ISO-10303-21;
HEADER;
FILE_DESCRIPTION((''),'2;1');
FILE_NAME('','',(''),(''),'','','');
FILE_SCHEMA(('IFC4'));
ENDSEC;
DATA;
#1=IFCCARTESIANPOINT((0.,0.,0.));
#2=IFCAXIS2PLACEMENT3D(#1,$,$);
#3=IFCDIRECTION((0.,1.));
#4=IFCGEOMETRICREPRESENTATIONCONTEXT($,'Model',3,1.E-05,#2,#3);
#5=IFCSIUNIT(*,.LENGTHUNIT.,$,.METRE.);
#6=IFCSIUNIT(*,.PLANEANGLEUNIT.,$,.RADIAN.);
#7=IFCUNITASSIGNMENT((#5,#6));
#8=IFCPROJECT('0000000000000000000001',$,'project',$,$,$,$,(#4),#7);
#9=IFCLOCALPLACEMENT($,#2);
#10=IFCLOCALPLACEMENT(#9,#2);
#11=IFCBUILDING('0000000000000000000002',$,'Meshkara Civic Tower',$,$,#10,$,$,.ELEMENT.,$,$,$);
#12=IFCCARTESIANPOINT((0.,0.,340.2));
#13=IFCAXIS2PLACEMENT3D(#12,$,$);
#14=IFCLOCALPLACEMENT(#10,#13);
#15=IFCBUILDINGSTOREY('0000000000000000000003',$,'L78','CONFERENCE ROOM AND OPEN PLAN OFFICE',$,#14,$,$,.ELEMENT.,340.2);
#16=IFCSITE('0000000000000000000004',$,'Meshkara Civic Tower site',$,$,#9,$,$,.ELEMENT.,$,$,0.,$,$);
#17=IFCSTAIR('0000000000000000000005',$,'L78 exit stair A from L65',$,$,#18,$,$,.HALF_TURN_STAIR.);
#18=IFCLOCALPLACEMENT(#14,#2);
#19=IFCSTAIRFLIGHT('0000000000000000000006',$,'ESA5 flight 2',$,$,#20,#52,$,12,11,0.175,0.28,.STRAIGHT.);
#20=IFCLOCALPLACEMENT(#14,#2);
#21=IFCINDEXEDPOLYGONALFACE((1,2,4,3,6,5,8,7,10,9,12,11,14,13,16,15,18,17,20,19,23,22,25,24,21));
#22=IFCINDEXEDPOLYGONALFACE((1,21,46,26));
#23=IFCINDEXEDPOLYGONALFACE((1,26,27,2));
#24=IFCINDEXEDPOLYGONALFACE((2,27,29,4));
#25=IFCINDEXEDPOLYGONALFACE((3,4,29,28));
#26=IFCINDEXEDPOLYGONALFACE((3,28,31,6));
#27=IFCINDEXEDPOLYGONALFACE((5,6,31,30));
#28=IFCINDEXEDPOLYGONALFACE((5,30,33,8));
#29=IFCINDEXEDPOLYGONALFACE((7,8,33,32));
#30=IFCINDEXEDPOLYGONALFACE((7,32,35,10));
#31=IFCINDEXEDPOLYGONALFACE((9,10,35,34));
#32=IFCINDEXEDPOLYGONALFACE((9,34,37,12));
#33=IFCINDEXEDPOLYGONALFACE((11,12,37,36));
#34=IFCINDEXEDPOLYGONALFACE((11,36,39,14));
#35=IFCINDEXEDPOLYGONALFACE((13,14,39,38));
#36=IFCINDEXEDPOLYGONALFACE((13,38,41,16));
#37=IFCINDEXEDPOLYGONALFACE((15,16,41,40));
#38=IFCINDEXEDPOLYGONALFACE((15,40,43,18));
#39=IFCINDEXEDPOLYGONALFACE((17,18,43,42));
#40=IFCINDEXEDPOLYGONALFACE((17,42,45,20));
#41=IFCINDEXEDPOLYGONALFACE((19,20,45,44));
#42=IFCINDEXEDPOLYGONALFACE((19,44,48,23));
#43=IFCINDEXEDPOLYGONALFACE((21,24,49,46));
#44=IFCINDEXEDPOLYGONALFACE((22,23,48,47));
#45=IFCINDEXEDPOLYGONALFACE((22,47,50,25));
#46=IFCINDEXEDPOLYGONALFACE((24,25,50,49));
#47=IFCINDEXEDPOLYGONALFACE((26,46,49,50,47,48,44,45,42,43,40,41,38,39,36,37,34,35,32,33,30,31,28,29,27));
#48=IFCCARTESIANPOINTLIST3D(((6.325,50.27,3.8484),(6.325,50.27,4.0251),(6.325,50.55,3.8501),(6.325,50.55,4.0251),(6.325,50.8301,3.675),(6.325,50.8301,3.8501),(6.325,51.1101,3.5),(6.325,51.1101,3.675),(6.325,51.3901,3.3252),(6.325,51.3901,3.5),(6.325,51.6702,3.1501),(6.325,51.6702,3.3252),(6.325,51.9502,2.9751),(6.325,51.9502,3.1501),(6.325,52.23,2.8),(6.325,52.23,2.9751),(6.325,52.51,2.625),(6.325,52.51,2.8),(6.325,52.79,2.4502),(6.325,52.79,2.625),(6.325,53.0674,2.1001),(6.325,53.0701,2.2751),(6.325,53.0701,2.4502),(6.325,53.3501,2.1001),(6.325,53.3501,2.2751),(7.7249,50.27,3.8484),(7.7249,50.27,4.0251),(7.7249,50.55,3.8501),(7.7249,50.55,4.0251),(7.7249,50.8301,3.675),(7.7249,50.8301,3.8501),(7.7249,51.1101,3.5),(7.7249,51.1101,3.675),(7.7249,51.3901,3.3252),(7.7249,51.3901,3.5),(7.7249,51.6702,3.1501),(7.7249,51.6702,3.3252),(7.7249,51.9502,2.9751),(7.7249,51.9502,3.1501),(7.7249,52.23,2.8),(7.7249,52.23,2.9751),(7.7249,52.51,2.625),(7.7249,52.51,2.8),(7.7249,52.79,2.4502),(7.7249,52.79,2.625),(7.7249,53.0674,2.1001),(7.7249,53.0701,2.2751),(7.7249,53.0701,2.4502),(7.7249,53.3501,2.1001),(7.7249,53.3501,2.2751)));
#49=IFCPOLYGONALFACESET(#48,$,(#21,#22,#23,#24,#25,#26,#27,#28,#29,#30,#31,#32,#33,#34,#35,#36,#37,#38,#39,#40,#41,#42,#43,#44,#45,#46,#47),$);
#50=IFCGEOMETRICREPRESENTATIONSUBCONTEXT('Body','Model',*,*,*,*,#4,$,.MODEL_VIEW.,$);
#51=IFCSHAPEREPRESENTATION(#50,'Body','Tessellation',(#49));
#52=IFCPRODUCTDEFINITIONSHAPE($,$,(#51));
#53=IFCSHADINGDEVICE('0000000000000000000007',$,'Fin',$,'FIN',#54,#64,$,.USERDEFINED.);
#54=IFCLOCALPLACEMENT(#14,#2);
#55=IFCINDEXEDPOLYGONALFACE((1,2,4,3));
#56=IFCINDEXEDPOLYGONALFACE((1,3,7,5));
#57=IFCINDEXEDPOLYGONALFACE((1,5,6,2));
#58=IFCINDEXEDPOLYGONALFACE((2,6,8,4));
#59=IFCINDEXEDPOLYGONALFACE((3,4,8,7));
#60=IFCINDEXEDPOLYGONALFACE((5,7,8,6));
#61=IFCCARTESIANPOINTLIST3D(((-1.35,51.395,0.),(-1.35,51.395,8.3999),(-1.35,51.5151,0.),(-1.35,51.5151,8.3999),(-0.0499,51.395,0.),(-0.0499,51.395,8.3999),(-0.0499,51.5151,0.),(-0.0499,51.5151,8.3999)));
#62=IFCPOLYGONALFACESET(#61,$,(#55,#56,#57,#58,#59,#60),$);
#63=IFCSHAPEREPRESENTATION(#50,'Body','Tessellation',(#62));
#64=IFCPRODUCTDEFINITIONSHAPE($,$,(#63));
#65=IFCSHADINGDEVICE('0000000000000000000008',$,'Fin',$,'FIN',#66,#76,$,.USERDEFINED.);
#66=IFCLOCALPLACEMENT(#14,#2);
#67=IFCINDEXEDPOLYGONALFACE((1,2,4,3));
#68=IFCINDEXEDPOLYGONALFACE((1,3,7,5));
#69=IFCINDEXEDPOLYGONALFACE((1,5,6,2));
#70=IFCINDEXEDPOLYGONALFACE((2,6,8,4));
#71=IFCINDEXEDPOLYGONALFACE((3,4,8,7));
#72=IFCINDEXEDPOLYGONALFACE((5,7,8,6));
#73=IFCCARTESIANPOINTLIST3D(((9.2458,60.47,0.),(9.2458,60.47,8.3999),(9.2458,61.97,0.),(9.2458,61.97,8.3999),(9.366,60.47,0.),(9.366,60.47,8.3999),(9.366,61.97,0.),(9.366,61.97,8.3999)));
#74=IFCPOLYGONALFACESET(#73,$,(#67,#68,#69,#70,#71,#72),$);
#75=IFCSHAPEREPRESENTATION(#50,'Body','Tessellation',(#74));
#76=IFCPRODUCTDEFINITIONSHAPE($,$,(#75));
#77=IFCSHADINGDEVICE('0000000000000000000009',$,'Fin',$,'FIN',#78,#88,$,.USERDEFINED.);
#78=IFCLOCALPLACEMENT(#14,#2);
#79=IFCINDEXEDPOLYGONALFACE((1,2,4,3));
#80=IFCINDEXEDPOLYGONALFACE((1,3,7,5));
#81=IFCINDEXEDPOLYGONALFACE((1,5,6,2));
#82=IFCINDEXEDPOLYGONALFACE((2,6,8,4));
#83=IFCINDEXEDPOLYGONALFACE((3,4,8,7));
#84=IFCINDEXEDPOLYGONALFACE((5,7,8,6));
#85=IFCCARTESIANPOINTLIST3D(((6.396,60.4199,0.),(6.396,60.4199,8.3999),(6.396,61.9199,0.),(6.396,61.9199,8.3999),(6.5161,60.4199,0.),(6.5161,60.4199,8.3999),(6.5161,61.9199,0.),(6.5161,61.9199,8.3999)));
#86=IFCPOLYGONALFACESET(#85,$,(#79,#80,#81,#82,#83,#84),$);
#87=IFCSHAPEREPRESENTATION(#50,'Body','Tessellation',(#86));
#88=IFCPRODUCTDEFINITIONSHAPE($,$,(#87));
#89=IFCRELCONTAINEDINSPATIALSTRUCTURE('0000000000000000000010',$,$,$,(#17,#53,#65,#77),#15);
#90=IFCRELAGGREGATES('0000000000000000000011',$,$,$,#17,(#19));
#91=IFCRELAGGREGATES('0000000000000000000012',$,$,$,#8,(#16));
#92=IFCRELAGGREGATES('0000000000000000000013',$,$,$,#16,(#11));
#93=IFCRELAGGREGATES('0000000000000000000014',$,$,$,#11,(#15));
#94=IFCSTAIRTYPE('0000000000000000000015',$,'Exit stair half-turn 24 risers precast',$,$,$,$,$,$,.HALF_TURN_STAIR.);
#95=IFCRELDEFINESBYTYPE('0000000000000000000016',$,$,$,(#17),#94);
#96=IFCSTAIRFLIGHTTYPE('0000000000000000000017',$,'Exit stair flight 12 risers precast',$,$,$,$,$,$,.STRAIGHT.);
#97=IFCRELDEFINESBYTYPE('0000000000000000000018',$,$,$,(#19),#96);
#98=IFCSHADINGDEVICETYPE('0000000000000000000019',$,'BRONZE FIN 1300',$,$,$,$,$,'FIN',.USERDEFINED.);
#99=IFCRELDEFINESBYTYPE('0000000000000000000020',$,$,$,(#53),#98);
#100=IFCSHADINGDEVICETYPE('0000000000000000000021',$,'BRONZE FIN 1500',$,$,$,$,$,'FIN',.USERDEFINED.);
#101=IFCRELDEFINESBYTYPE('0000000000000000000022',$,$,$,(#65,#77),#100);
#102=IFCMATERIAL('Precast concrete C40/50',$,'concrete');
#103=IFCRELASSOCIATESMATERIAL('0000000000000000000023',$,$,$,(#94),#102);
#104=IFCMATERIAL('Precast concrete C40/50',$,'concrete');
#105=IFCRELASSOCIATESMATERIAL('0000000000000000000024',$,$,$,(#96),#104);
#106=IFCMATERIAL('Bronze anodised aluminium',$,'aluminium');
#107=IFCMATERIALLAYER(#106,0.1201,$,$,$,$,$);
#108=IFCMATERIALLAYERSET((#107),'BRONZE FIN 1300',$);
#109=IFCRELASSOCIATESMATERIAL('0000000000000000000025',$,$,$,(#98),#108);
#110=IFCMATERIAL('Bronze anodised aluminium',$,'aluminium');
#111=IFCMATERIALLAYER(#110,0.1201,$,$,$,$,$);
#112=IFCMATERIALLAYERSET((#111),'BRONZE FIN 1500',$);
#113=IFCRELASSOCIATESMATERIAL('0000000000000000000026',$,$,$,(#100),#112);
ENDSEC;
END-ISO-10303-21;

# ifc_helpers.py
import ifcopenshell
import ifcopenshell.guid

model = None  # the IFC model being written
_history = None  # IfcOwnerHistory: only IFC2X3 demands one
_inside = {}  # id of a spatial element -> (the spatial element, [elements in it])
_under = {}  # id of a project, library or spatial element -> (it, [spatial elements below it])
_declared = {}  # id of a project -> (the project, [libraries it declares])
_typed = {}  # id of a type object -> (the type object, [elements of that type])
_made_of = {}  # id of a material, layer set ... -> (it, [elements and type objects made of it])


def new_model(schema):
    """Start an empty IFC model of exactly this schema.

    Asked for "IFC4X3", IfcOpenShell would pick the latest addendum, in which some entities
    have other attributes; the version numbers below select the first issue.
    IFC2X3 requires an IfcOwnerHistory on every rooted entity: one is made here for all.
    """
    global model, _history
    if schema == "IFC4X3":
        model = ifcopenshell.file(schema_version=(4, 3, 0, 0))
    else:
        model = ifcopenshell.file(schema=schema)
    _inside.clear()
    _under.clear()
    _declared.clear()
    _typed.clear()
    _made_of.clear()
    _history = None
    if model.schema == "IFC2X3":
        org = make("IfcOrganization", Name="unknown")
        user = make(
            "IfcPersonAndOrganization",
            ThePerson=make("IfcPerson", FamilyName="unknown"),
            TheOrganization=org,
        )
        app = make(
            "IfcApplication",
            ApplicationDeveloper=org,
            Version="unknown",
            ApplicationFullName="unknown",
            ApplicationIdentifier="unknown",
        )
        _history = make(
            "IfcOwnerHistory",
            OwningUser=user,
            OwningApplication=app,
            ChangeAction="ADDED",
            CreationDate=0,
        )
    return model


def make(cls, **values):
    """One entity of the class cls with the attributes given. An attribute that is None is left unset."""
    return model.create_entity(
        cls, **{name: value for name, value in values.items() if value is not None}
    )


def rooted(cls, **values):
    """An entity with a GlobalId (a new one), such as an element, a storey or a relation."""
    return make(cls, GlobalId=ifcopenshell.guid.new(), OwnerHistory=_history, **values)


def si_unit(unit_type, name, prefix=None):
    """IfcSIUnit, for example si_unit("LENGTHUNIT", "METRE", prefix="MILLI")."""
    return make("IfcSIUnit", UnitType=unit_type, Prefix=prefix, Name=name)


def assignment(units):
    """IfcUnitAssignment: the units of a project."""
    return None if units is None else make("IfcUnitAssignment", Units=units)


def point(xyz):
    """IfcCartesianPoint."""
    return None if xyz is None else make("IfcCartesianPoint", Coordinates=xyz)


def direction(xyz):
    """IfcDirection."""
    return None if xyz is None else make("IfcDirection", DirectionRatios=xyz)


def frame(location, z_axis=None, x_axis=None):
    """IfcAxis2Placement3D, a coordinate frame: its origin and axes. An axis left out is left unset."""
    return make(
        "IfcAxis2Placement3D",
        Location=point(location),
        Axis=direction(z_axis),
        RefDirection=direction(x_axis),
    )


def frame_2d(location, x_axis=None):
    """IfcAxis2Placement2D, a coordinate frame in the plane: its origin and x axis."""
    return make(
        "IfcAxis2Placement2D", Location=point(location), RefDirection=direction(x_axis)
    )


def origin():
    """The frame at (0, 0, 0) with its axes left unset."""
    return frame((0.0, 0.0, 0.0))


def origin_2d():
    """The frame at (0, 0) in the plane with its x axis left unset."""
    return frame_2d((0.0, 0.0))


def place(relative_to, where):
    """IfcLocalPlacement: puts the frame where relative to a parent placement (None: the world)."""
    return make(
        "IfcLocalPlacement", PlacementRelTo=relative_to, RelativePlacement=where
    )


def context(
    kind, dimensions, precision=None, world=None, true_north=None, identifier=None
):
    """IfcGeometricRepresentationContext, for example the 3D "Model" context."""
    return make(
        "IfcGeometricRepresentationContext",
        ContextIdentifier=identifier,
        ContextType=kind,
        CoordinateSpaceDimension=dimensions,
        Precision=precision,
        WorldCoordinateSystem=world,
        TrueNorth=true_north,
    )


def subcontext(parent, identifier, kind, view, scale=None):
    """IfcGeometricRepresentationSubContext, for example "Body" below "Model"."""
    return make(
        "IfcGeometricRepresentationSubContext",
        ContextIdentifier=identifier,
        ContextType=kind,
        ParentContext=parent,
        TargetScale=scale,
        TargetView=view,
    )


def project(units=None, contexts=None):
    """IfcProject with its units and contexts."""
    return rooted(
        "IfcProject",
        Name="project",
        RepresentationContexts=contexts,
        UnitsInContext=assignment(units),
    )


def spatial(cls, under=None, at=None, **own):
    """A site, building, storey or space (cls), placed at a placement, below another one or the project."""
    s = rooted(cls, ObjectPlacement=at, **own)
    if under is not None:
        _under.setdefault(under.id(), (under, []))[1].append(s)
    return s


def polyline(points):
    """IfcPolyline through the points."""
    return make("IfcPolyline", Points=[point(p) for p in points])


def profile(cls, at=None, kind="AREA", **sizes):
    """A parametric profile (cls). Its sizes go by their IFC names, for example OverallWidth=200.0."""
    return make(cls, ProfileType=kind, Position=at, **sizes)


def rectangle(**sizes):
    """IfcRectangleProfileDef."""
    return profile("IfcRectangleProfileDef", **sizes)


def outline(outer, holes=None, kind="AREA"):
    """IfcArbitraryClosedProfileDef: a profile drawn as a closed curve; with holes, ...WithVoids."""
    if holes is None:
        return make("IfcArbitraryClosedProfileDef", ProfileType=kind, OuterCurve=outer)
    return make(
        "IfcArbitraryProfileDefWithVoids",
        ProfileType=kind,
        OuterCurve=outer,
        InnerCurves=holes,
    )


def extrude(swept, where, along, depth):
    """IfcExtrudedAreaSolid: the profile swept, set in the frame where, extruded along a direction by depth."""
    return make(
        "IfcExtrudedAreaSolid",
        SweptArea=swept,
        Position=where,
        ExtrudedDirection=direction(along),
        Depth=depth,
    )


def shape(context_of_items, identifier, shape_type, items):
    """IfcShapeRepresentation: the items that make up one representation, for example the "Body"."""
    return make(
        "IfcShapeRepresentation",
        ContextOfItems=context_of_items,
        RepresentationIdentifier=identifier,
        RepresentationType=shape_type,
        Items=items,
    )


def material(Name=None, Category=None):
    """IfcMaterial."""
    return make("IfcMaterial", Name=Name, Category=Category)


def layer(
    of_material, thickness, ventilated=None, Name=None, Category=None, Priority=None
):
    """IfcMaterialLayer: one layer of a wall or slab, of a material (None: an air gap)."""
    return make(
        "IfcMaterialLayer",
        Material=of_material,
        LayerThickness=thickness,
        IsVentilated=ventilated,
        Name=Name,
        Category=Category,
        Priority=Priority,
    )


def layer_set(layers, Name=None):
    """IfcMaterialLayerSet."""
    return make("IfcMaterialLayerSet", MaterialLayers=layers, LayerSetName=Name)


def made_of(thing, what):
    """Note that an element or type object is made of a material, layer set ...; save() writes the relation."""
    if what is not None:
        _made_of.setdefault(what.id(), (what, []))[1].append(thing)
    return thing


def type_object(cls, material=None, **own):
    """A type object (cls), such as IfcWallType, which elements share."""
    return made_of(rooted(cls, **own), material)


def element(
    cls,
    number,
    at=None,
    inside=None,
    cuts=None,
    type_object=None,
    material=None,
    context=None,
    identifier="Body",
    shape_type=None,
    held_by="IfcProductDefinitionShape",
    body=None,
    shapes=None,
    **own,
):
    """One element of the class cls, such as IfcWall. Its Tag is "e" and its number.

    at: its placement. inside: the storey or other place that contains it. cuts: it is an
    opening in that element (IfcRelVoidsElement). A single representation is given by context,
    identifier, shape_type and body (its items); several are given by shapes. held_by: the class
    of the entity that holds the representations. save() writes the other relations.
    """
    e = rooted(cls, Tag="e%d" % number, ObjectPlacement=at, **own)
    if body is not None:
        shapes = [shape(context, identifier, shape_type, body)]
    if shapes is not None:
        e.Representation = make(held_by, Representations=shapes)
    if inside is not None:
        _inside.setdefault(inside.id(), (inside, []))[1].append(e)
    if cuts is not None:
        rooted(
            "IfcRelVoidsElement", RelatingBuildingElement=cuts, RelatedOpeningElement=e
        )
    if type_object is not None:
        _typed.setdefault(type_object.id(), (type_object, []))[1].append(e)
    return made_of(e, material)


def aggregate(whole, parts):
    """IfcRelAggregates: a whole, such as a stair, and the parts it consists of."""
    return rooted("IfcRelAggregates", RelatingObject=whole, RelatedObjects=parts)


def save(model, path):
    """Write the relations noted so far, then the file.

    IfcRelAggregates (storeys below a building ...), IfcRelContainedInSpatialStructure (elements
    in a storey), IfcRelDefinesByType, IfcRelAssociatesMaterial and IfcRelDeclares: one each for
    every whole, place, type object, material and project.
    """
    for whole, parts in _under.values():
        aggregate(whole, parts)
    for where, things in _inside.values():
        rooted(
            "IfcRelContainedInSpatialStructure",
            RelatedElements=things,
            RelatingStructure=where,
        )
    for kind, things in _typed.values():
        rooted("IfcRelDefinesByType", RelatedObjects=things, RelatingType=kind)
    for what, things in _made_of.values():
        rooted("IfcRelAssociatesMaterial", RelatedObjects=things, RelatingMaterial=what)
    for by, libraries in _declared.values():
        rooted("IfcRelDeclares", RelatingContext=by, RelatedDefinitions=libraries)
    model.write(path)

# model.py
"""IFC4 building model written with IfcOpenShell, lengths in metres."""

from ifc_helpers import new_model, si_unit, direction, frame, origin, origin_2d, place, context, subcontext, project, spatial, polyline, rectangle, outline, extrude, material, layer, layer_set, type_object, element, aggregate, save


model = new_model("IFC4")

# Units and contexts
model_context = context("Model", 3, precision=1e-05, world=origin(), true_north=direction((0.0, 1.0)))
body_context = subcontext(model_context, "Body", "Model", "MODEL_VIEW")
ifc_project = project(units=[si_unit("LENGTHUNIT", "METRE"), si_unit("PLANEANGLEUNIT", "RADIAN")], contexts=[model_context])

# Site, building, storey
site_placement = place(None, origin())
site = spatial("IfcSite", under=ifc_project, at=site_placement, Name="Meshkara Civic Tower site", CompositionType="ELEMENT", RefElevation=0.0)
building_placement = place(site_placement, origin())
building = spatial("IfcBuilding", under=site, at=building_placement, Name="Meshkara Civic Tower", CompositionType="ELEMENT")
storey_placement = place(building_placement, frame((0.0, 0.0, 340.2)))
storey = spatial("IfcBuildingStorey", under=building, at=storey_placement, Name="L78", Description="CONFERENCE ROOM AND OPEN PLAN OFFICE", CompositionType="ELEMENT", Elevation=340.2)

# Stair, stair flight
ifc_material_1 = material(Name="Precast concrete C40/50", Category="concrete")
stair_type = type_object("IfcStairType", Name="Exit stair half-turn 24 risers precast", PredefinedType="HALF_TURN_STAIR", material=ifc_material_1)
stair_placement = place(storey_placement, origin())
stair = element("IfcStair", 1, at=stair_placement, inside=storey, type_object=stair_type, Name="L78 exit stair A from L65", PredefinedType="HALF_TURN_STAIR")
ifc_material_2 = material(Name="Precast concrete C40/50", Category="concrete")
stair_flight_type = type_object("IfcStairFlightType", Name="Exit stair flight 12 risers precast", PredefinedType="STRAIGHT", material=ifc_material_2)
stair_flight_1_placement = place(storey_placement, frame((7.0249, 53.3501, 2.1001), z_axis=(0.0, 0.0, 1.0), x_axis=(0.0, -1.0, 0.0)))
stair_flight_1 = element("IfcStairFlight", 2, at=stair_flight_1_placement, type_object=stair_flight_type, Name="ESA5 flight 2", NumberOfRisers=12, NumberOfTreads=11, PredefinedType="STRAIGHT", RiserHeight=0.175, TreadLength=0.28, context=body_context, shape_type="SweptSolid", body=[
    extrude(outline(polyline([(0.0, 0.0), (0.0, 0.175), (0.28, 0.175), (0.28, 0.3501), (0.5601, 0.3501), (0.5601, 0.5249), (0.8401, 0.5249), (0.8401, 0.7), (1.1201, 0.7), (1.1201, 0.875), (1.3999, 0.875), (1.3999, 1.05), (1.6799, 1.05), (1.6799, 1.2251), (1.96, 1.2251), (1.96, 1.3999), (2.24, 1.3999), (2.24, 1.575), (2.52, 1.575), (2.52, 1.75), (2.8, 1.75), (2.8, 1.925), (3.0801, 1.925), (3.0801, 2.1001), (3.0801, 1.7483), (0.2827, 0.0), (0.0, 0.0)])), frame((0.0, 0.7, 0.0), z_axis=(0.0, -1.0, 0.0), x_axis=(1.0, 0.0, 0.0)), (0.0, 0.0, 1.0), 1.3999),
])
aggregate(stair, [stair_flight_1])

# Shading devices
ifc_material_3 = material(Name="Bronze anodised aluminium", Category="aluminium")
ifc_layer_1 = layer(ifc_material_3, 0.1201)
ifc_layer_set_1 = layer_set([ifc_layer_1], Name="BRONZE FIN 1300")
shading_device_type_1 = type_object("IfcShadingDeviceType", Name="BRONZE FIN 1300", ElementType="FIN", PredefinedType="USERDEFINED", material=ifc_layer_set_1)
shading_device_placement = place(storey_placement, frame((-0.7, 51.4551, 0.0), z_axis=(0.0, 0.0, 1.0), x_axis=(0.0, -1.0, 0.0)))
element("IfcShadingDevice", 3, at=shading_device_placement, inside=storey, type_object=shading_device_type_1, Name="Fin", ObjectType="FIN", PredefinedType="USERDEFINED", context=body_context, shape_type="SweptSolid", body=[
    extrude(rectangle(XDim=0.1201, YDim=1.3, at=origin_2d()), origin(), (0.0, 0.0, 1.0), 8.3999),
])
ifc_material_4 = material(Name="Bronze anodised aluminium", Category="aluminium")
ifc_layer_2 = layer(ifc_material_4, 0.1201)
ifc_layer_set_2 = layer_set([ifc_layer_2], Name="BRONZE FIN 1500")
shading_device_type_2 = type_object("IfcShadingDeviceType", Name="BRONZE FIN 1500", ElementType="FIN", PredefinedType="USERDEFINED", material=ifc_layer_set_2)
for number, where, z_axis, x_axis, name in (
    (4, (9.3059, 61.22, 0.0), (0.0, 0.0, 1.0), (-1.0, 0.0, 0.0), "Fin"),
    (5, (6.4561, 61.1699, 0.0), (0.0, 0.0, 1.0), (-1.0, 0.0, 0.0), "Fin"),
):
    element("IfcShadingDevice", number, at=place(storey_placement, frame(where, z_axis=z_axis, x_axis=x_axis)), inside=storey, type_object=shading_device_type_2, Name=name, ObjectType="FIN", PredefinedType="USERDEFINED", context=body_context, shape_type="SweptSolid", body=[
        extrude(rectangle(XDim=0.1201, YDim=1.5, at=origin_2d()), origin(), (0.0, 0.0, 1.0), 8.3999),
    ])

save(model, "model.ifc")
